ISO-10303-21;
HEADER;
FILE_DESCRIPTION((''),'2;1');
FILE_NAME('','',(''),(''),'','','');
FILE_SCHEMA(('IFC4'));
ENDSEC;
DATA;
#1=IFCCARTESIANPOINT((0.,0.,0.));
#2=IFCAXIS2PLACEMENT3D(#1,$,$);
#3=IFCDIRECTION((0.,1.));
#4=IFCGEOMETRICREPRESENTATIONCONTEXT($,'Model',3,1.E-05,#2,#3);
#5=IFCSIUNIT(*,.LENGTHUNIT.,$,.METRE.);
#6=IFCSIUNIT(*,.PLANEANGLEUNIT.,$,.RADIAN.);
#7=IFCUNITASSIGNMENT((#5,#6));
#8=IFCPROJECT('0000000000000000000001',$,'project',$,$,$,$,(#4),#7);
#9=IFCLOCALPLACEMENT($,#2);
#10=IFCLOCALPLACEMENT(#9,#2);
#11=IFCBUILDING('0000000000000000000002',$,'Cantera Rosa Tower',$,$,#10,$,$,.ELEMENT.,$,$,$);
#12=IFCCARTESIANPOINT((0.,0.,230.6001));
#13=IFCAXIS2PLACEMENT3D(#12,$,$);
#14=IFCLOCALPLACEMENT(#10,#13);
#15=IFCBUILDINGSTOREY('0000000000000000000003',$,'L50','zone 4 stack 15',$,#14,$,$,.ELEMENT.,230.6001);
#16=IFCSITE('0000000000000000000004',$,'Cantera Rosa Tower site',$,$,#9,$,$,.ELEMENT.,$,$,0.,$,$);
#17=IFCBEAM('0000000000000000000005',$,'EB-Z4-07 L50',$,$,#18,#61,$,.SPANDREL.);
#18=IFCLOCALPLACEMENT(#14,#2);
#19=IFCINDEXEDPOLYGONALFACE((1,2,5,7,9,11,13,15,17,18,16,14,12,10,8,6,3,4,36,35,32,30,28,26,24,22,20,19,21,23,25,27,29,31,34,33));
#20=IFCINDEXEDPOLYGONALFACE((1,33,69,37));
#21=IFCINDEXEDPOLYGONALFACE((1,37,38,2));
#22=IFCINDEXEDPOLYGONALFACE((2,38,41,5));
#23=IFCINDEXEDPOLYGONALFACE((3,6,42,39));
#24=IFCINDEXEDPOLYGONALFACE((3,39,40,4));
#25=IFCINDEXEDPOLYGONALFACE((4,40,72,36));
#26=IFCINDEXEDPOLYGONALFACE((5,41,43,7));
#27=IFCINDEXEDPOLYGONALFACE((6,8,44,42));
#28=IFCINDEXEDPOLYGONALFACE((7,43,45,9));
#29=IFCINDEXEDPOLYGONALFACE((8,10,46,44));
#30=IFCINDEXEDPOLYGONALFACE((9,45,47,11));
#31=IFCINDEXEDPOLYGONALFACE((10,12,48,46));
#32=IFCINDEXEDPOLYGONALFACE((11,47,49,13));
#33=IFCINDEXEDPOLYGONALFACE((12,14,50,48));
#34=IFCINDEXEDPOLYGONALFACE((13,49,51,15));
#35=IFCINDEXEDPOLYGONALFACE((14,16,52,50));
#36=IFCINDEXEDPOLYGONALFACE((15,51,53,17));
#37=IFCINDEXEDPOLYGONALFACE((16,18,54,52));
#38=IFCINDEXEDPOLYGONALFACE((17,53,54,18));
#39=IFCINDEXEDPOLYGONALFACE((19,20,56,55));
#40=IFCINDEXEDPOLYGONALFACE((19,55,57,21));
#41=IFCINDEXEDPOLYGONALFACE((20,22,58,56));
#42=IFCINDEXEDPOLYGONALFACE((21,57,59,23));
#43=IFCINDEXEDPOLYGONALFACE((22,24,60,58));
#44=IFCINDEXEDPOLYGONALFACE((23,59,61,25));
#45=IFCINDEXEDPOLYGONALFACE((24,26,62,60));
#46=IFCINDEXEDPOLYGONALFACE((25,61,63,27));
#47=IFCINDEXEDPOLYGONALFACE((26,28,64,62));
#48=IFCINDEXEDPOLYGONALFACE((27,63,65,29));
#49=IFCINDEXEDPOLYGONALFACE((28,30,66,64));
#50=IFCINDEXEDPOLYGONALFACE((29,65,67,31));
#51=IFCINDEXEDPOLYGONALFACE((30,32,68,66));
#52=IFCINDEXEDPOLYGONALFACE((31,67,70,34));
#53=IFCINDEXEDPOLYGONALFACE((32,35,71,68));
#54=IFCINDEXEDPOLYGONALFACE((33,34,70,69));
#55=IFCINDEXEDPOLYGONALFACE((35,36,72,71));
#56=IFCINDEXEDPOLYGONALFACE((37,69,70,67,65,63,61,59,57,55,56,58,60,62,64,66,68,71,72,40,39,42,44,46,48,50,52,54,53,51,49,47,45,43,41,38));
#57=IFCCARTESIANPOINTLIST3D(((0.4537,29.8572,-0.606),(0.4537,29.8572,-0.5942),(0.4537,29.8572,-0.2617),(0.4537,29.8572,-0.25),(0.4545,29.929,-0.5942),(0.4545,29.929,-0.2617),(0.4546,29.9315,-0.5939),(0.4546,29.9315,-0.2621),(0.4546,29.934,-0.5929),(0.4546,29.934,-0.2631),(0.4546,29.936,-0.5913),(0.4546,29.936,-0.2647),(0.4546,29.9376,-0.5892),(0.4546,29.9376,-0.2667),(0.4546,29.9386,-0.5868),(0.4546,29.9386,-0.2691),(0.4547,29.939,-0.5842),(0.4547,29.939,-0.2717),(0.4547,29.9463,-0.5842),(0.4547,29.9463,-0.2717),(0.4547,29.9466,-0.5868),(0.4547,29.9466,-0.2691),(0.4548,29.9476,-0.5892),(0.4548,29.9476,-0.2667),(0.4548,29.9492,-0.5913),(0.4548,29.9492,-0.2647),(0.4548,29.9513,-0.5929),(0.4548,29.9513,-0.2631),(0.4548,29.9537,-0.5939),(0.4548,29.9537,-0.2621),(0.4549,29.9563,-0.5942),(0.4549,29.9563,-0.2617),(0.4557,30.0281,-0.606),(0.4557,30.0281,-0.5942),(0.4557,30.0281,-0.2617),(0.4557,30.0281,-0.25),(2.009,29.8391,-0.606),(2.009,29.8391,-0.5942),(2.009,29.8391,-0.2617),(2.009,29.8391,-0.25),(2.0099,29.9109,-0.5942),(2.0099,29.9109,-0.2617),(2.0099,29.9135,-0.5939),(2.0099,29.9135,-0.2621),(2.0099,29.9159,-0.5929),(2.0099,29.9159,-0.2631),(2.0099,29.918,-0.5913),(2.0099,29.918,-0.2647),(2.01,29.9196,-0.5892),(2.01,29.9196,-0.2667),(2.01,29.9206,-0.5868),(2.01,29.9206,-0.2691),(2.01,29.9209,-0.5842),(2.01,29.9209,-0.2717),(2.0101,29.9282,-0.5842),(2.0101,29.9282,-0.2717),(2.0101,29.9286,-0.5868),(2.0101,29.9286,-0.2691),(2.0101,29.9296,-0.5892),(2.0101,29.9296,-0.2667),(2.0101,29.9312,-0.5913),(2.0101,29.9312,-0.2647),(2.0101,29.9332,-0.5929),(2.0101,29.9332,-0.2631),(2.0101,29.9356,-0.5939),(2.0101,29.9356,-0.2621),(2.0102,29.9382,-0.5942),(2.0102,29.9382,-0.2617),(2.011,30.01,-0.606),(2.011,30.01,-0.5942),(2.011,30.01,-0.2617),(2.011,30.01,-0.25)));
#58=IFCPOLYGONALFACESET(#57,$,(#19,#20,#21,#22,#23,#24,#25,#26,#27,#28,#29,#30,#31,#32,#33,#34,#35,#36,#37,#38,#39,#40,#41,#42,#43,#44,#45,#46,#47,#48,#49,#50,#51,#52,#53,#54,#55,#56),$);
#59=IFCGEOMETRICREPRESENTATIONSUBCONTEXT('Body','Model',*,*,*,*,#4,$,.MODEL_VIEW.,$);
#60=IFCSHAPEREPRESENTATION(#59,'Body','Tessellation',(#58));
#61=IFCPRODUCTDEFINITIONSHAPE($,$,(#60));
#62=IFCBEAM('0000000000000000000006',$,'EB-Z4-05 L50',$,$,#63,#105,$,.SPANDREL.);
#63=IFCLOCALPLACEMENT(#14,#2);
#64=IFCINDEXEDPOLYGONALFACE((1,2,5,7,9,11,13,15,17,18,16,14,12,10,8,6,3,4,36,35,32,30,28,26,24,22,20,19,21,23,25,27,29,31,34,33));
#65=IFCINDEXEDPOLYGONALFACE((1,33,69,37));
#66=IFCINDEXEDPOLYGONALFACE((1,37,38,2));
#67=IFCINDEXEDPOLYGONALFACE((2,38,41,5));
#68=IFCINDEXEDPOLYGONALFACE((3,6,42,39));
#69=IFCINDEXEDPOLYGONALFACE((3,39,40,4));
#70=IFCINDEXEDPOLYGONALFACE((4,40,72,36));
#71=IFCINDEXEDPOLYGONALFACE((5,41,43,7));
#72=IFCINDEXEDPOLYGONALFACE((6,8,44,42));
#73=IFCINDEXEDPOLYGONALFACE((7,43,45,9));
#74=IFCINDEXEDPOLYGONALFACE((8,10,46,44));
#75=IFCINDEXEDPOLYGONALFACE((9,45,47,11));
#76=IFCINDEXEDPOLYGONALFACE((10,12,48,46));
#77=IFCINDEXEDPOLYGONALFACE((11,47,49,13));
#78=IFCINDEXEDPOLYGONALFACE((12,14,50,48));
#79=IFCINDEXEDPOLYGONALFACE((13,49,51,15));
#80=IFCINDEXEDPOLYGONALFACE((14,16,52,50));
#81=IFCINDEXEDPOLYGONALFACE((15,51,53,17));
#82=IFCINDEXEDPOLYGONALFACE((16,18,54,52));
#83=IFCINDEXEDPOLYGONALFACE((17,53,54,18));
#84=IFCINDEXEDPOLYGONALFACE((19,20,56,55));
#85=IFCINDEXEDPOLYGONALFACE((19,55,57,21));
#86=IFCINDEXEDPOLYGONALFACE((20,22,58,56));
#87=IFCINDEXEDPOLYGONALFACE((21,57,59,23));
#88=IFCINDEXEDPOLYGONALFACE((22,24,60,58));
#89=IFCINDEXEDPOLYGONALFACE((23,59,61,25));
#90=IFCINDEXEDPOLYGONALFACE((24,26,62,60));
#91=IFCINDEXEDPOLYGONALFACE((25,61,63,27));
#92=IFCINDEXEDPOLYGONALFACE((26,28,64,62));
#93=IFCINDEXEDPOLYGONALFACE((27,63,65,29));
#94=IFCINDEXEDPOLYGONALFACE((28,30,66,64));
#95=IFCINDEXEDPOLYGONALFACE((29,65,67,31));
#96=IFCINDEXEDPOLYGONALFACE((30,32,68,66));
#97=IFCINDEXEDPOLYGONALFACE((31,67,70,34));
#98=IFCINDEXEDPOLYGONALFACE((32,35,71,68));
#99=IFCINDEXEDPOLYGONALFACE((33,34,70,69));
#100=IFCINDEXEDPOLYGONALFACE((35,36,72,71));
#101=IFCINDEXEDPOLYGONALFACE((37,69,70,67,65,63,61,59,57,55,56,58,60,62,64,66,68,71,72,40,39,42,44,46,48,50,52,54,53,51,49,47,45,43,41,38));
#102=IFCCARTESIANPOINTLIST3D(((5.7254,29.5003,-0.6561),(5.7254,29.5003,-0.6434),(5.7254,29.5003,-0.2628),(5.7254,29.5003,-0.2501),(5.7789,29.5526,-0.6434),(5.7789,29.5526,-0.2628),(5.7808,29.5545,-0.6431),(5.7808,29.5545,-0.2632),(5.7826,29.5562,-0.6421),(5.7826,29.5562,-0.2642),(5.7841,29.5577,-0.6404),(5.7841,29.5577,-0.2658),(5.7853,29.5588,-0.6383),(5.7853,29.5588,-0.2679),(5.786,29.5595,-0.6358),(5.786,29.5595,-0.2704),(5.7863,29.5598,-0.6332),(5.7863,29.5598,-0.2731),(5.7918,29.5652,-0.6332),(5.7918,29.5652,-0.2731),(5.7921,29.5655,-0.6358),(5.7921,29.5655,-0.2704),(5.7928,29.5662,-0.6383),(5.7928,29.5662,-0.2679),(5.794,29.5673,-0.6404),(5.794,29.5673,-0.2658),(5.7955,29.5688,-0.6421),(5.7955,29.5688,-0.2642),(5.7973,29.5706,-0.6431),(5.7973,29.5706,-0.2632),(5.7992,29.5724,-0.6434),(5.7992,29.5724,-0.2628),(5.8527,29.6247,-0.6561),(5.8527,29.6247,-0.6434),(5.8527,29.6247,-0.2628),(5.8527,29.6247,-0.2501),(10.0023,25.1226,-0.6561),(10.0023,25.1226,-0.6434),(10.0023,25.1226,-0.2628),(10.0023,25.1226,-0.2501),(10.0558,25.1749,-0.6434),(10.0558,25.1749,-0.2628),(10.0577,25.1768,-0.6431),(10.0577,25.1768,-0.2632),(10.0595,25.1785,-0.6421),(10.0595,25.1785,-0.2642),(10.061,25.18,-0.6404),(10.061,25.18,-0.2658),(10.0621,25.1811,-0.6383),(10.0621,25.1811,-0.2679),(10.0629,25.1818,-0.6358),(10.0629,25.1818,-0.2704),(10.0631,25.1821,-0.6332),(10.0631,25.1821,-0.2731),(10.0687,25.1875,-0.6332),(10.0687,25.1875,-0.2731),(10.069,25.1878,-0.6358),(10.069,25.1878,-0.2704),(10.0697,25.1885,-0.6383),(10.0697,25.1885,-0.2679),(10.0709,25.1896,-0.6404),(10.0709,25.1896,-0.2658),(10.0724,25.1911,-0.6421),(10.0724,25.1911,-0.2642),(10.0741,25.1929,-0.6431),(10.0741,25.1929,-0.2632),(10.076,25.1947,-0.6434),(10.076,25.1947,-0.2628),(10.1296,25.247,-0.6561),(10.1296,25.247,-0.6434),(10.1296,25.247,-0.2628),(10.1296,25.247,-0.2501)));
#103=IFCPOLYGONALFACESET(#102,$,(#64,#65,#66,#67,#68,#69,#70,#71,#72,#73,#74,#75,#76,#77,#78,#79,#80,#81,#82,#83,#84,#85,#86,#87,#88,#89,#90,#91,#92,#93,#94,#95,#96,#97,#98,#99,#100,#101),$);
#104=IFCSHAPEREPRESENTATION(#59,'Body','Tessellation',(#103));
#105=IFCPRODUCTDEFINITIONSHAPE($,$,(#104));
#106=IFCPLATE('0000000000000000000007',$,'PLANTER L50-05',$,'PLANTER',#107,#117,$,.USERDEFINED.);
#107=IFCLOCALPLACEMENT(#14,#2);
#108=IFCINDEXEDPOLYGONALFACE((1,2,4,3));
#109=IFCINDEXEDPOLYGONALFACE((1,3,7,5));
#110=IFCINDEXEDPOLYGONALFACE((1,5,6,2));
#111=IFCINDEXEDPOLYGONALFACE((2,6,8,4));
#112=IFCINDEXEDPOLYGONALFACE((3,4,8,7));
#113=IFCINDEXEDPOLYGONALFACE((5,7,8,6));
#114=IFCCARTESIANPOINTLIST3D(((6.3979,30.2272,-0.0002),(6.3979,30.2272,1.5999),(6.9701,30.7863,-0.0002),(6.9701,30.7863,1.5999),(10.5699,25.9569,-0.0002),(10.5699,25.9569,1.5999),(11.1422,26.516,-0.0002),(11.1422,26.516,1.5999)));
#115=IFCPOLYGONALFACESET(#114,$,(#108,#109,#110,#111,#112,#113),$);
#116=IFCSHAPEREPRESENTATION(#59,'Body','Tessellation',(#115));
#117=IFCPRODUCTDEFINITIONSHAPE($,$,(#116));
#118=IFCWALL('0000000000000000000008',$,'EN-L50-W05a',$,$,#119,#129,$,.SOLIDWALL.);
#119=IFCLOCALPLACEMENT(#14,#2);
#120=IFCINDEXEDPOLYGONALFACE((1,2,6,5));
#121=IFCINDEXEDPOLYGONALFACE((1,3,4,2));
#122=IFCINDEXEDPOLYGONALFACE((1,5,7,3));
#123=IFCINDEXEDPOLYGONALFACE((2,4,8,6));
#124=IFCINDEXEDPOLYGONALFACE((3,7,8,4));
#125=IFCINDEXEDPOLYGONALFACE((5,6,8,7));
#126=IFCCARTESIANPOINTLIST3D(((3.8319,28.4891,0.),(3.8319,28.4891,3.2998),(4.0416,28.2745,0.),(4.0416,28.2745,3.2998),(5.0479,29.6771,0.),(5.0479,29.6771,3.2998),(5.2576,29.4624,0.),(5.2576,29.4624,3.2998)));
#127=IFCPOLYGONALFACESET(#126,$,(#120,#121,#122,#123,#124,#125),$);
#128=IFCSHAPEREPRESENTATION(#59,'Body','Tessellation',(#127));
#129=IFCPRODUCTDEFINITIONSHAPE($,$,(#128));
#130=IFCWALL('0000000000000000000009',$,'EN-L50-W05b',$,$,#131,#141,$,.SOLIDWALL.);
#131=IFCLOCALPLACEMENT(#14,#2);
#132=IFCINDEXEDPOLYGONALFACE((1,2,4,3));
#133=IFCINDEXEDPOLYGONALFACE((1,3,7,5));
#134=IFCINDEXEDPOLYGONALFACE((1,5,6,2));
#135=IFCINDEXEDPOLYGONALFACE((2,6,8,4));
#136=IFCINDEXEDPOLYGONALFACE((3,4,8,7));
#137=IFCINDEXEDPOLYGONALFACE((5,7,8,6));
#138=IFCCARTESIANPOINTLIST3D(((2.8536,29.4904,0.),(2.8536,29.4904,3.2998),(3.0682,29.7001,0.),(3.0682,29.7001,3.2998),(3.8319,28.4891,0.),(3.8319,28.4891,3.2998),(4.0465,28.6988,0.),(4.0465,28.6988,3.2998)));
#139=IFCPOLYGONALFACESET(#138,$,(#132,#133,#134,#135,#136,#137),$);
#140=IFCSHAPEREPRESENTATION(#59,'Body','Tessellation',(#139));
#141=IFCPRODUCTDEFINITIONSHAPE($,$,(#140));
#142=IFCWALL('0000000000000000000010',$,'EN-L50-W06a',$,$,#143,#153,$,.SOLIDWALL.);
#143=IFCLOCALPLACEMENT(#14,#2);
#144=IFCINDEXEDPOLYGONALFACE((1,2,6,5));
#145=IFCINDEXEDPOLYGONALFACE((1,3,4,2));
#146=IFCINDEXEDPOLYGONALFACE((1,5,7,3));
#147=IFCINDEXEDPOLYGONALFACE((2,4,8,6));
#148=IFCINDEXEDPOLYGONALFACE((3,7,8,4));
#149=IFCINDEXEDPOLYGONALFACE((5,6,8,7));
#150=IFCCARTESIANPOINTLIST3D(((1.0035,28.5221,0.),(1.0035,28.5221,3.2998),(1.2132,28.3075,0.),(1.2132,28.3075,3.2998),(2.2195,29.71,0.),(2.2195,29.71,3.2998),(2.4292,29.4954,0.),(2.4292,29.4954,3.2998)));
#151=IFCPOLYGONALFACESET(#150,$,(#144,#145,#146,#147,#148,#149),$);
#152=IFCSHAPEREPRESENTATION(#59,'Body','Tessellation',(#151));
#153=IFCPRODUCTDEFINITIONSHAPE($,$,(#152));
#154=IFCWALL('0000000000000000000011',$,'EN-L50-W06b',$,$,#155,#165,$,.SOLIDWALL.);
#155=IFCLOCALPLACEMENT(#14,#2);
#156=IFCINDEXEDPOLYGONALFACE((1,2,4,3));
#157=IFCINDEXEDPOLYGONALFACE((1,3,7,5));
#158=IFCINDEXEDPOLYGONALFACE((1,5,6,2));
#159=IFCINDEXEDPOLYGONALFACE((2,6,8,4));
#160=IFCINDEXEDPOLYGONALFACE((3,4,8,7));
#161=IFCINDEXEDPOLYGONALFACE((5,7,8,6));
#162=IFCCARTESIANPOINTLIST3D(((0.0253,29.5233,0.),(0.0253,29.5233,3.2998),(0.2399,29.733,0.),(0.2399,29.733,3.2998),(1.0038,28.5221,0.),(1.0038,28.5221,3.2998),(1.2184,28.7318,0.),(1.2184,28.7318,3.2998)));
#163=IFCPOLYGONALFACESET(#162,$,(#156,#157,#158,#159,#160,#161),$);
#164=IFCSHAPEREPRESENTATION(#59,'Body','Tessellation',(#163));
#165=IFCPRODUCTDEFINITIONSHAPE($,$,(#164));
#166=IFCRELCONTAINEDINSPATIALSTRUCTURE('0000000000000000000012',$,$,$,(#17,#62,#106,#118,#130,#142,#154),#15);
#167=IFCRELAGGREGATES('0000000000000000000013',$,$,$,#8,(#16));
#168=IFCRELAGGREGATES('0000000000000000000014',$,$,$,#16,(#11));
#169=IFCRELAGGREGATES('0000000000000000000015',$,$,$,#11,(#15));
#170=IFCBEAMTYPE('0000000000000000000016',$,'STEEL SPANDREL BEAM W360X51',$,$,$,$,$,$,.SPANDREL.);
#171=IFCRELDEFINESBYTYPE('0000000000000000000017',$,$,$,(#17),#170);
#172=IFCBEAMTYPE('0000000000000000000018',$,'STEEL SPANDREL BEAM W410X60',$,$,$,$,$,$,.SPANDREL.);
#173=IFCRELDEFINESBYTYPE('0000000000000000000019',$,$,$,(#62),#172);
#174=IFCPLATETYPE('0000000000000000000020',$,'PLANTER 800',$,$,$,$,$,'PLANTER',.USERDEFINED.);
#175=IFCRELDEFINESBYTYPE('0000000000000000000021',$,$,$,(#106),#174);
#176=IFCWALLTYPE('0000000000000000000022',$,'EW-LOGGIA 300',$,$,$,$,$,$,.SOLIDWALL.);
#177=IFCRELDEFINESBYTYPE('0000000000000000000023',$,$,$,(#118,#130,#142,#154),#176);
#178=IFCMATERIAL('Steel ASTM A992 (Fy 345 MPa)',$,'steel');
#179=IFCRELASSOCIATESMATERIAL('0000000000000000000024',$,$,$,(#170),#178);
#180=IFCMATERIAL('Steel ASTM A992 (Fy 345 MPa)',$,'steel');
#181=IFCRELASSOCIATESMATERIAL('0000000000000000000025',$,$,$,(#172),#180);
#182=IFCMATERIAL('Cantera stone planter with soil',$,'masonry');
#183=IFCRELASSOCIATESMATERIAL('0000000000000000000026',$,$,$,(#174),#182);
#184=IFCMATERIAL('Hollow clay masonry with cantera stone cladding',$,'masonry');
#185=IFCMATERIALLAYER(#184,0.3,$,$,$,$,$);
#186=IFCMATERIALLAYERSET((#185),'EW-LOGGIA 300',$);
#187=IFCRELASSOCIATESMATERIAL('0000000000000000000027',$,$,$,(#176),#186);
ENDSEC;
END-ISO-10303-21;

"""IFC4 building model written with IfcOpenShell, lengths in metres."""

from ifc_helpers import new_model, si_unit, direction, frame, frame_2d, origin, origin_2d, place, context, subcontext, project, spatial, rectangle, i_section, extrude, material, layer, layer_set, material_profile, profile_set, type_object, element, save


model = new_model("IFC4")

# Units and contexts
model_context = context("Model", 3, precision=1e-05, world=origin(), true_north=direction((0.0, 1.0)))
body_context = subcontext(model_context, "Body", "Model", "MODEL_VIEW")
ifc_project = project(units=[si_unit("LENGTHUNIT", "METRE"), si_unit("PLANEANGLEUNIT", "RADIAN")], contexts=[model_context])

# Site, building, storey
site_placement = place(None, origin())
site = spatial("IfcSite", under=ifc_project, at=site_placement, Name="Cantera Rosa Tower site", CompositionType="ELEMENT", RefElevation=0.0)
building_placement = place(site_placement, origin())
building = spatial("IfcBuilding", under=site, at=building_placement, Name="Cantera Rosa Tower", CompositionType="ELEMENT")
storey_placement = place(building_placement, frame((0.0, 0.0, 230.6001)))
storey = spatial("IfcBuildingStorey", under=building, at=storey_placement, Name="L50", Description="zone 4 stack 15", CompositionType="ELEMENT", Elevation=230.6001)

# Beams
ifc_material_1 = material(Name="Steel ASTM A992 (Fy 345 MPa)", Category="steel")
ifc_material_profile_1 = material_profile(ifc_material_1, i_section(OverallWidth=0.1709, OverallDepth=0.356, WebThickness=0.0073, FlangeThickness=0.0117, FilletRadius=0.01, at=origin_2d()), Name="W360X51")
ifc_profile_set_1 = profile_set([ifc_material_profile_1], Name="Steel ASTM A992 (Fy 345 MPa)")
beam_type_1 = type_object("IfcBeamType", Name="STEEL SPANDREL BEAM W360X51", PredefinedType="SPANDREL", material=ifc_profile_set_1)
for number, where, z_axis, x_axis, name in (
    (1, (2.01, 29.9246, -0.428), (-0.999933, 0.011614, 0.0), (-0.011614, -0.999933, 0.0), "EB-Z4-07 L50"),
):
    element("IfcBeam", number, at=place(storey_placement, frame(where, z_axis=z_axis, x_axis=x_axis)), inside=storey, type_object=beam_type_1, Name=name, PredefinedType="SPANDREL", context=body_context, shape_type="SweptSolid", body=[
        extrude(i_section(OverallWidth=0.1709, OverallDepth=0.356, WebThickness=0.0073, FlangeThickness=0.0117, FilletRadius=0.01, at=origin_2d()), origin(), (0.0, 0.0, 1.0), 1.5554),
    ])
ifc_material_2 = material(Name="Steel ASTM A992 (Fy 345 MPa)", Category="steel")
ifc_material_profile_2 = material_profile(ifc_material_2, i_section(OverallWidth=0.178, OverallDepth=0.406, WebThickness=0.0078, FlangeThickness=0.0127, FilletRadius=0.0103, at=origin_2d()), Name="W410X60")
ifc_profile_set_2 = profile_set([ifc_material_profile_2], Name="Steel ASTM A992 (Fy 345 MPa)")
beam_type_2 = type_object("IfcBeamType", Name="STEEL SPANDREL BEAM W410X60", PredefinedType="SPANDREL", material=ifc_profile_set_2)
beam_1_placement = place(storey_placement, frame((10.0659, 25.1848, -0.4531), z_axis=(-0.698821, 0.715296, 0.0), x_axis=(-0.715296, -0.698821, 0.0)))
element("IfcBeam", 2, at=beam_1_placement, inside=storey, type_object=beam_type_2, Name="EB-Z4-05 L50", PredefinedType="SPANDREL", context=body_context, shape_type="SweptSolid", body=[
    extrude(i_section(OverallWidth=0.178, OverallDepth=0.406, WebThickness=0.0078, FlangeThickness=0.0127, FilletRadius=0.0103, at=origin_2d()), origin(), (0.0, 0.0, 1.0), 6.1201),
])

# Plate
ifc_material_3 = material(Name="Cantera stone planter with soil", Category="masonry")
plate_type = type_object("IfcPlateType", Name="PLANTER 800", ElementType="PLANTER", PredefinedType="USERDEFINED", material=ifc_material_3)
plate_placement = place(storey_placement, frame((8.77, 28.3716, -0.0002), z_axis=(0.0, 0.0, 1.0), x_axis=(-0.698832, 0.715286, 0.0)))
element("IfcPlate", 3, at=plate_placement, inside=storey, type_object=plate_type, Name="PLANTER L50-05", ObjectType="PLANTER", PredefinedType="USERDEFINED", context=body_context, shape_type="SweptSolid", body=[
    extrude(rectangle(XDim=5.97, YDim=0.8, at=origin_2d()), origin(), (0.0, 0.0, 1.0), 1.6001),
])

# Walls
ifc_material_4 = material(Name="Hollow clay masonry with cantera stone cladding", Category="masonry")
ifc_layer_1 = layer(ifc_material_4, 0.3)
ifc_layer_set_1 = layer_set([ifc_layer_1], Name="EW-LOGGIA 300")
wall_type_1 = type_object("IfcWallType", Name="EW-LOGGIA 300", PredefinedType="SOLIDWALL", material=ifc_layer_set_1)
wall_1_placement = place(storey_placement, frame((5.1528, 29.5698, 0.0), z_axis=(0.0, 0.0, 1.0), x_axis=(-0.715316, -0.698801, 0.0)))
element("IfcWall", 4, at=wall_1_placement, inside=storey, type_object=wall_type_1, Name="EN-L50-W05a", PredefinedType="SOLIDWALL", context=body_context, shape_type="SweptSolid", body=[
    extrude(rectangle(XDim=1.7, YDim=0.3, at=frame_2d((0.8501, 0.0))), origin(), (0.0, 0.0, 1.0), 3.2998),
])
wall_2_placement = place(storey_placement, frame((3.9392, 28.594, 0.0), z_axis=(0.0, 0.0, 1.0), x_axis=(-0.698862, 0.715257, 0.0)))
element("IfcWall", 5, at=wall_2_placement, inside=storey, type_object=wall_type_1, Name="EN-L50-W05b", PredefinedType="SOLIDWALL", context=body_context, shape_type="SweptSolid", body=[
    extrude(rectangle(XDim=1.3999, YDim=0.3, at=frame_2d((0.7, 0.0))), origin(), (0.0, 0.0, 1.0), 3.2998),
])
wall_3_placement = place(storey_placement, frame((2.3245, 29.6028, 0.0), z_axis=(0.0, 0.0, 1.0), x_axis=(-0.715316, -0.698801, 0.0)))
element("IfcWall", 6, at=wall_3_placement, inside=storey, type_object=wall_type_1, Name="EN-L50-W06a", PredefinedType="SOLIDWALL", context=body_context, shape_type="SweptSolid", body=[
    extrude(rectangle(XDim=1.7, YDim=0.3, at=frame_2d((0.8501, 0.0))), origin(), (0.0, 0.0, 1.0), 3.2998),
])
wall_4_placement = place(storey_placement, frame((1.1111, 28.627, 0.0), z_axis=(0.0, 0.0, 1.0), x_axis=(-0.698951, 0.715169, 0.0)))
element("IfcWall", 7, at=wall_4_placement, inside=storey, type_object=wall_type_1, Name="EN-L50-W06b", PredefinedType="SOLIDWALL", context=body_context, shape_type="SweptSolid", body=[
    extrude(rectangle(XDim=1.3999, YDim=0.3, at=frame_2d((0.7, 0.0))), origin(), (0.0, 0.0, 1.0), 3.2998),
])

save(model, "model.ifc")
